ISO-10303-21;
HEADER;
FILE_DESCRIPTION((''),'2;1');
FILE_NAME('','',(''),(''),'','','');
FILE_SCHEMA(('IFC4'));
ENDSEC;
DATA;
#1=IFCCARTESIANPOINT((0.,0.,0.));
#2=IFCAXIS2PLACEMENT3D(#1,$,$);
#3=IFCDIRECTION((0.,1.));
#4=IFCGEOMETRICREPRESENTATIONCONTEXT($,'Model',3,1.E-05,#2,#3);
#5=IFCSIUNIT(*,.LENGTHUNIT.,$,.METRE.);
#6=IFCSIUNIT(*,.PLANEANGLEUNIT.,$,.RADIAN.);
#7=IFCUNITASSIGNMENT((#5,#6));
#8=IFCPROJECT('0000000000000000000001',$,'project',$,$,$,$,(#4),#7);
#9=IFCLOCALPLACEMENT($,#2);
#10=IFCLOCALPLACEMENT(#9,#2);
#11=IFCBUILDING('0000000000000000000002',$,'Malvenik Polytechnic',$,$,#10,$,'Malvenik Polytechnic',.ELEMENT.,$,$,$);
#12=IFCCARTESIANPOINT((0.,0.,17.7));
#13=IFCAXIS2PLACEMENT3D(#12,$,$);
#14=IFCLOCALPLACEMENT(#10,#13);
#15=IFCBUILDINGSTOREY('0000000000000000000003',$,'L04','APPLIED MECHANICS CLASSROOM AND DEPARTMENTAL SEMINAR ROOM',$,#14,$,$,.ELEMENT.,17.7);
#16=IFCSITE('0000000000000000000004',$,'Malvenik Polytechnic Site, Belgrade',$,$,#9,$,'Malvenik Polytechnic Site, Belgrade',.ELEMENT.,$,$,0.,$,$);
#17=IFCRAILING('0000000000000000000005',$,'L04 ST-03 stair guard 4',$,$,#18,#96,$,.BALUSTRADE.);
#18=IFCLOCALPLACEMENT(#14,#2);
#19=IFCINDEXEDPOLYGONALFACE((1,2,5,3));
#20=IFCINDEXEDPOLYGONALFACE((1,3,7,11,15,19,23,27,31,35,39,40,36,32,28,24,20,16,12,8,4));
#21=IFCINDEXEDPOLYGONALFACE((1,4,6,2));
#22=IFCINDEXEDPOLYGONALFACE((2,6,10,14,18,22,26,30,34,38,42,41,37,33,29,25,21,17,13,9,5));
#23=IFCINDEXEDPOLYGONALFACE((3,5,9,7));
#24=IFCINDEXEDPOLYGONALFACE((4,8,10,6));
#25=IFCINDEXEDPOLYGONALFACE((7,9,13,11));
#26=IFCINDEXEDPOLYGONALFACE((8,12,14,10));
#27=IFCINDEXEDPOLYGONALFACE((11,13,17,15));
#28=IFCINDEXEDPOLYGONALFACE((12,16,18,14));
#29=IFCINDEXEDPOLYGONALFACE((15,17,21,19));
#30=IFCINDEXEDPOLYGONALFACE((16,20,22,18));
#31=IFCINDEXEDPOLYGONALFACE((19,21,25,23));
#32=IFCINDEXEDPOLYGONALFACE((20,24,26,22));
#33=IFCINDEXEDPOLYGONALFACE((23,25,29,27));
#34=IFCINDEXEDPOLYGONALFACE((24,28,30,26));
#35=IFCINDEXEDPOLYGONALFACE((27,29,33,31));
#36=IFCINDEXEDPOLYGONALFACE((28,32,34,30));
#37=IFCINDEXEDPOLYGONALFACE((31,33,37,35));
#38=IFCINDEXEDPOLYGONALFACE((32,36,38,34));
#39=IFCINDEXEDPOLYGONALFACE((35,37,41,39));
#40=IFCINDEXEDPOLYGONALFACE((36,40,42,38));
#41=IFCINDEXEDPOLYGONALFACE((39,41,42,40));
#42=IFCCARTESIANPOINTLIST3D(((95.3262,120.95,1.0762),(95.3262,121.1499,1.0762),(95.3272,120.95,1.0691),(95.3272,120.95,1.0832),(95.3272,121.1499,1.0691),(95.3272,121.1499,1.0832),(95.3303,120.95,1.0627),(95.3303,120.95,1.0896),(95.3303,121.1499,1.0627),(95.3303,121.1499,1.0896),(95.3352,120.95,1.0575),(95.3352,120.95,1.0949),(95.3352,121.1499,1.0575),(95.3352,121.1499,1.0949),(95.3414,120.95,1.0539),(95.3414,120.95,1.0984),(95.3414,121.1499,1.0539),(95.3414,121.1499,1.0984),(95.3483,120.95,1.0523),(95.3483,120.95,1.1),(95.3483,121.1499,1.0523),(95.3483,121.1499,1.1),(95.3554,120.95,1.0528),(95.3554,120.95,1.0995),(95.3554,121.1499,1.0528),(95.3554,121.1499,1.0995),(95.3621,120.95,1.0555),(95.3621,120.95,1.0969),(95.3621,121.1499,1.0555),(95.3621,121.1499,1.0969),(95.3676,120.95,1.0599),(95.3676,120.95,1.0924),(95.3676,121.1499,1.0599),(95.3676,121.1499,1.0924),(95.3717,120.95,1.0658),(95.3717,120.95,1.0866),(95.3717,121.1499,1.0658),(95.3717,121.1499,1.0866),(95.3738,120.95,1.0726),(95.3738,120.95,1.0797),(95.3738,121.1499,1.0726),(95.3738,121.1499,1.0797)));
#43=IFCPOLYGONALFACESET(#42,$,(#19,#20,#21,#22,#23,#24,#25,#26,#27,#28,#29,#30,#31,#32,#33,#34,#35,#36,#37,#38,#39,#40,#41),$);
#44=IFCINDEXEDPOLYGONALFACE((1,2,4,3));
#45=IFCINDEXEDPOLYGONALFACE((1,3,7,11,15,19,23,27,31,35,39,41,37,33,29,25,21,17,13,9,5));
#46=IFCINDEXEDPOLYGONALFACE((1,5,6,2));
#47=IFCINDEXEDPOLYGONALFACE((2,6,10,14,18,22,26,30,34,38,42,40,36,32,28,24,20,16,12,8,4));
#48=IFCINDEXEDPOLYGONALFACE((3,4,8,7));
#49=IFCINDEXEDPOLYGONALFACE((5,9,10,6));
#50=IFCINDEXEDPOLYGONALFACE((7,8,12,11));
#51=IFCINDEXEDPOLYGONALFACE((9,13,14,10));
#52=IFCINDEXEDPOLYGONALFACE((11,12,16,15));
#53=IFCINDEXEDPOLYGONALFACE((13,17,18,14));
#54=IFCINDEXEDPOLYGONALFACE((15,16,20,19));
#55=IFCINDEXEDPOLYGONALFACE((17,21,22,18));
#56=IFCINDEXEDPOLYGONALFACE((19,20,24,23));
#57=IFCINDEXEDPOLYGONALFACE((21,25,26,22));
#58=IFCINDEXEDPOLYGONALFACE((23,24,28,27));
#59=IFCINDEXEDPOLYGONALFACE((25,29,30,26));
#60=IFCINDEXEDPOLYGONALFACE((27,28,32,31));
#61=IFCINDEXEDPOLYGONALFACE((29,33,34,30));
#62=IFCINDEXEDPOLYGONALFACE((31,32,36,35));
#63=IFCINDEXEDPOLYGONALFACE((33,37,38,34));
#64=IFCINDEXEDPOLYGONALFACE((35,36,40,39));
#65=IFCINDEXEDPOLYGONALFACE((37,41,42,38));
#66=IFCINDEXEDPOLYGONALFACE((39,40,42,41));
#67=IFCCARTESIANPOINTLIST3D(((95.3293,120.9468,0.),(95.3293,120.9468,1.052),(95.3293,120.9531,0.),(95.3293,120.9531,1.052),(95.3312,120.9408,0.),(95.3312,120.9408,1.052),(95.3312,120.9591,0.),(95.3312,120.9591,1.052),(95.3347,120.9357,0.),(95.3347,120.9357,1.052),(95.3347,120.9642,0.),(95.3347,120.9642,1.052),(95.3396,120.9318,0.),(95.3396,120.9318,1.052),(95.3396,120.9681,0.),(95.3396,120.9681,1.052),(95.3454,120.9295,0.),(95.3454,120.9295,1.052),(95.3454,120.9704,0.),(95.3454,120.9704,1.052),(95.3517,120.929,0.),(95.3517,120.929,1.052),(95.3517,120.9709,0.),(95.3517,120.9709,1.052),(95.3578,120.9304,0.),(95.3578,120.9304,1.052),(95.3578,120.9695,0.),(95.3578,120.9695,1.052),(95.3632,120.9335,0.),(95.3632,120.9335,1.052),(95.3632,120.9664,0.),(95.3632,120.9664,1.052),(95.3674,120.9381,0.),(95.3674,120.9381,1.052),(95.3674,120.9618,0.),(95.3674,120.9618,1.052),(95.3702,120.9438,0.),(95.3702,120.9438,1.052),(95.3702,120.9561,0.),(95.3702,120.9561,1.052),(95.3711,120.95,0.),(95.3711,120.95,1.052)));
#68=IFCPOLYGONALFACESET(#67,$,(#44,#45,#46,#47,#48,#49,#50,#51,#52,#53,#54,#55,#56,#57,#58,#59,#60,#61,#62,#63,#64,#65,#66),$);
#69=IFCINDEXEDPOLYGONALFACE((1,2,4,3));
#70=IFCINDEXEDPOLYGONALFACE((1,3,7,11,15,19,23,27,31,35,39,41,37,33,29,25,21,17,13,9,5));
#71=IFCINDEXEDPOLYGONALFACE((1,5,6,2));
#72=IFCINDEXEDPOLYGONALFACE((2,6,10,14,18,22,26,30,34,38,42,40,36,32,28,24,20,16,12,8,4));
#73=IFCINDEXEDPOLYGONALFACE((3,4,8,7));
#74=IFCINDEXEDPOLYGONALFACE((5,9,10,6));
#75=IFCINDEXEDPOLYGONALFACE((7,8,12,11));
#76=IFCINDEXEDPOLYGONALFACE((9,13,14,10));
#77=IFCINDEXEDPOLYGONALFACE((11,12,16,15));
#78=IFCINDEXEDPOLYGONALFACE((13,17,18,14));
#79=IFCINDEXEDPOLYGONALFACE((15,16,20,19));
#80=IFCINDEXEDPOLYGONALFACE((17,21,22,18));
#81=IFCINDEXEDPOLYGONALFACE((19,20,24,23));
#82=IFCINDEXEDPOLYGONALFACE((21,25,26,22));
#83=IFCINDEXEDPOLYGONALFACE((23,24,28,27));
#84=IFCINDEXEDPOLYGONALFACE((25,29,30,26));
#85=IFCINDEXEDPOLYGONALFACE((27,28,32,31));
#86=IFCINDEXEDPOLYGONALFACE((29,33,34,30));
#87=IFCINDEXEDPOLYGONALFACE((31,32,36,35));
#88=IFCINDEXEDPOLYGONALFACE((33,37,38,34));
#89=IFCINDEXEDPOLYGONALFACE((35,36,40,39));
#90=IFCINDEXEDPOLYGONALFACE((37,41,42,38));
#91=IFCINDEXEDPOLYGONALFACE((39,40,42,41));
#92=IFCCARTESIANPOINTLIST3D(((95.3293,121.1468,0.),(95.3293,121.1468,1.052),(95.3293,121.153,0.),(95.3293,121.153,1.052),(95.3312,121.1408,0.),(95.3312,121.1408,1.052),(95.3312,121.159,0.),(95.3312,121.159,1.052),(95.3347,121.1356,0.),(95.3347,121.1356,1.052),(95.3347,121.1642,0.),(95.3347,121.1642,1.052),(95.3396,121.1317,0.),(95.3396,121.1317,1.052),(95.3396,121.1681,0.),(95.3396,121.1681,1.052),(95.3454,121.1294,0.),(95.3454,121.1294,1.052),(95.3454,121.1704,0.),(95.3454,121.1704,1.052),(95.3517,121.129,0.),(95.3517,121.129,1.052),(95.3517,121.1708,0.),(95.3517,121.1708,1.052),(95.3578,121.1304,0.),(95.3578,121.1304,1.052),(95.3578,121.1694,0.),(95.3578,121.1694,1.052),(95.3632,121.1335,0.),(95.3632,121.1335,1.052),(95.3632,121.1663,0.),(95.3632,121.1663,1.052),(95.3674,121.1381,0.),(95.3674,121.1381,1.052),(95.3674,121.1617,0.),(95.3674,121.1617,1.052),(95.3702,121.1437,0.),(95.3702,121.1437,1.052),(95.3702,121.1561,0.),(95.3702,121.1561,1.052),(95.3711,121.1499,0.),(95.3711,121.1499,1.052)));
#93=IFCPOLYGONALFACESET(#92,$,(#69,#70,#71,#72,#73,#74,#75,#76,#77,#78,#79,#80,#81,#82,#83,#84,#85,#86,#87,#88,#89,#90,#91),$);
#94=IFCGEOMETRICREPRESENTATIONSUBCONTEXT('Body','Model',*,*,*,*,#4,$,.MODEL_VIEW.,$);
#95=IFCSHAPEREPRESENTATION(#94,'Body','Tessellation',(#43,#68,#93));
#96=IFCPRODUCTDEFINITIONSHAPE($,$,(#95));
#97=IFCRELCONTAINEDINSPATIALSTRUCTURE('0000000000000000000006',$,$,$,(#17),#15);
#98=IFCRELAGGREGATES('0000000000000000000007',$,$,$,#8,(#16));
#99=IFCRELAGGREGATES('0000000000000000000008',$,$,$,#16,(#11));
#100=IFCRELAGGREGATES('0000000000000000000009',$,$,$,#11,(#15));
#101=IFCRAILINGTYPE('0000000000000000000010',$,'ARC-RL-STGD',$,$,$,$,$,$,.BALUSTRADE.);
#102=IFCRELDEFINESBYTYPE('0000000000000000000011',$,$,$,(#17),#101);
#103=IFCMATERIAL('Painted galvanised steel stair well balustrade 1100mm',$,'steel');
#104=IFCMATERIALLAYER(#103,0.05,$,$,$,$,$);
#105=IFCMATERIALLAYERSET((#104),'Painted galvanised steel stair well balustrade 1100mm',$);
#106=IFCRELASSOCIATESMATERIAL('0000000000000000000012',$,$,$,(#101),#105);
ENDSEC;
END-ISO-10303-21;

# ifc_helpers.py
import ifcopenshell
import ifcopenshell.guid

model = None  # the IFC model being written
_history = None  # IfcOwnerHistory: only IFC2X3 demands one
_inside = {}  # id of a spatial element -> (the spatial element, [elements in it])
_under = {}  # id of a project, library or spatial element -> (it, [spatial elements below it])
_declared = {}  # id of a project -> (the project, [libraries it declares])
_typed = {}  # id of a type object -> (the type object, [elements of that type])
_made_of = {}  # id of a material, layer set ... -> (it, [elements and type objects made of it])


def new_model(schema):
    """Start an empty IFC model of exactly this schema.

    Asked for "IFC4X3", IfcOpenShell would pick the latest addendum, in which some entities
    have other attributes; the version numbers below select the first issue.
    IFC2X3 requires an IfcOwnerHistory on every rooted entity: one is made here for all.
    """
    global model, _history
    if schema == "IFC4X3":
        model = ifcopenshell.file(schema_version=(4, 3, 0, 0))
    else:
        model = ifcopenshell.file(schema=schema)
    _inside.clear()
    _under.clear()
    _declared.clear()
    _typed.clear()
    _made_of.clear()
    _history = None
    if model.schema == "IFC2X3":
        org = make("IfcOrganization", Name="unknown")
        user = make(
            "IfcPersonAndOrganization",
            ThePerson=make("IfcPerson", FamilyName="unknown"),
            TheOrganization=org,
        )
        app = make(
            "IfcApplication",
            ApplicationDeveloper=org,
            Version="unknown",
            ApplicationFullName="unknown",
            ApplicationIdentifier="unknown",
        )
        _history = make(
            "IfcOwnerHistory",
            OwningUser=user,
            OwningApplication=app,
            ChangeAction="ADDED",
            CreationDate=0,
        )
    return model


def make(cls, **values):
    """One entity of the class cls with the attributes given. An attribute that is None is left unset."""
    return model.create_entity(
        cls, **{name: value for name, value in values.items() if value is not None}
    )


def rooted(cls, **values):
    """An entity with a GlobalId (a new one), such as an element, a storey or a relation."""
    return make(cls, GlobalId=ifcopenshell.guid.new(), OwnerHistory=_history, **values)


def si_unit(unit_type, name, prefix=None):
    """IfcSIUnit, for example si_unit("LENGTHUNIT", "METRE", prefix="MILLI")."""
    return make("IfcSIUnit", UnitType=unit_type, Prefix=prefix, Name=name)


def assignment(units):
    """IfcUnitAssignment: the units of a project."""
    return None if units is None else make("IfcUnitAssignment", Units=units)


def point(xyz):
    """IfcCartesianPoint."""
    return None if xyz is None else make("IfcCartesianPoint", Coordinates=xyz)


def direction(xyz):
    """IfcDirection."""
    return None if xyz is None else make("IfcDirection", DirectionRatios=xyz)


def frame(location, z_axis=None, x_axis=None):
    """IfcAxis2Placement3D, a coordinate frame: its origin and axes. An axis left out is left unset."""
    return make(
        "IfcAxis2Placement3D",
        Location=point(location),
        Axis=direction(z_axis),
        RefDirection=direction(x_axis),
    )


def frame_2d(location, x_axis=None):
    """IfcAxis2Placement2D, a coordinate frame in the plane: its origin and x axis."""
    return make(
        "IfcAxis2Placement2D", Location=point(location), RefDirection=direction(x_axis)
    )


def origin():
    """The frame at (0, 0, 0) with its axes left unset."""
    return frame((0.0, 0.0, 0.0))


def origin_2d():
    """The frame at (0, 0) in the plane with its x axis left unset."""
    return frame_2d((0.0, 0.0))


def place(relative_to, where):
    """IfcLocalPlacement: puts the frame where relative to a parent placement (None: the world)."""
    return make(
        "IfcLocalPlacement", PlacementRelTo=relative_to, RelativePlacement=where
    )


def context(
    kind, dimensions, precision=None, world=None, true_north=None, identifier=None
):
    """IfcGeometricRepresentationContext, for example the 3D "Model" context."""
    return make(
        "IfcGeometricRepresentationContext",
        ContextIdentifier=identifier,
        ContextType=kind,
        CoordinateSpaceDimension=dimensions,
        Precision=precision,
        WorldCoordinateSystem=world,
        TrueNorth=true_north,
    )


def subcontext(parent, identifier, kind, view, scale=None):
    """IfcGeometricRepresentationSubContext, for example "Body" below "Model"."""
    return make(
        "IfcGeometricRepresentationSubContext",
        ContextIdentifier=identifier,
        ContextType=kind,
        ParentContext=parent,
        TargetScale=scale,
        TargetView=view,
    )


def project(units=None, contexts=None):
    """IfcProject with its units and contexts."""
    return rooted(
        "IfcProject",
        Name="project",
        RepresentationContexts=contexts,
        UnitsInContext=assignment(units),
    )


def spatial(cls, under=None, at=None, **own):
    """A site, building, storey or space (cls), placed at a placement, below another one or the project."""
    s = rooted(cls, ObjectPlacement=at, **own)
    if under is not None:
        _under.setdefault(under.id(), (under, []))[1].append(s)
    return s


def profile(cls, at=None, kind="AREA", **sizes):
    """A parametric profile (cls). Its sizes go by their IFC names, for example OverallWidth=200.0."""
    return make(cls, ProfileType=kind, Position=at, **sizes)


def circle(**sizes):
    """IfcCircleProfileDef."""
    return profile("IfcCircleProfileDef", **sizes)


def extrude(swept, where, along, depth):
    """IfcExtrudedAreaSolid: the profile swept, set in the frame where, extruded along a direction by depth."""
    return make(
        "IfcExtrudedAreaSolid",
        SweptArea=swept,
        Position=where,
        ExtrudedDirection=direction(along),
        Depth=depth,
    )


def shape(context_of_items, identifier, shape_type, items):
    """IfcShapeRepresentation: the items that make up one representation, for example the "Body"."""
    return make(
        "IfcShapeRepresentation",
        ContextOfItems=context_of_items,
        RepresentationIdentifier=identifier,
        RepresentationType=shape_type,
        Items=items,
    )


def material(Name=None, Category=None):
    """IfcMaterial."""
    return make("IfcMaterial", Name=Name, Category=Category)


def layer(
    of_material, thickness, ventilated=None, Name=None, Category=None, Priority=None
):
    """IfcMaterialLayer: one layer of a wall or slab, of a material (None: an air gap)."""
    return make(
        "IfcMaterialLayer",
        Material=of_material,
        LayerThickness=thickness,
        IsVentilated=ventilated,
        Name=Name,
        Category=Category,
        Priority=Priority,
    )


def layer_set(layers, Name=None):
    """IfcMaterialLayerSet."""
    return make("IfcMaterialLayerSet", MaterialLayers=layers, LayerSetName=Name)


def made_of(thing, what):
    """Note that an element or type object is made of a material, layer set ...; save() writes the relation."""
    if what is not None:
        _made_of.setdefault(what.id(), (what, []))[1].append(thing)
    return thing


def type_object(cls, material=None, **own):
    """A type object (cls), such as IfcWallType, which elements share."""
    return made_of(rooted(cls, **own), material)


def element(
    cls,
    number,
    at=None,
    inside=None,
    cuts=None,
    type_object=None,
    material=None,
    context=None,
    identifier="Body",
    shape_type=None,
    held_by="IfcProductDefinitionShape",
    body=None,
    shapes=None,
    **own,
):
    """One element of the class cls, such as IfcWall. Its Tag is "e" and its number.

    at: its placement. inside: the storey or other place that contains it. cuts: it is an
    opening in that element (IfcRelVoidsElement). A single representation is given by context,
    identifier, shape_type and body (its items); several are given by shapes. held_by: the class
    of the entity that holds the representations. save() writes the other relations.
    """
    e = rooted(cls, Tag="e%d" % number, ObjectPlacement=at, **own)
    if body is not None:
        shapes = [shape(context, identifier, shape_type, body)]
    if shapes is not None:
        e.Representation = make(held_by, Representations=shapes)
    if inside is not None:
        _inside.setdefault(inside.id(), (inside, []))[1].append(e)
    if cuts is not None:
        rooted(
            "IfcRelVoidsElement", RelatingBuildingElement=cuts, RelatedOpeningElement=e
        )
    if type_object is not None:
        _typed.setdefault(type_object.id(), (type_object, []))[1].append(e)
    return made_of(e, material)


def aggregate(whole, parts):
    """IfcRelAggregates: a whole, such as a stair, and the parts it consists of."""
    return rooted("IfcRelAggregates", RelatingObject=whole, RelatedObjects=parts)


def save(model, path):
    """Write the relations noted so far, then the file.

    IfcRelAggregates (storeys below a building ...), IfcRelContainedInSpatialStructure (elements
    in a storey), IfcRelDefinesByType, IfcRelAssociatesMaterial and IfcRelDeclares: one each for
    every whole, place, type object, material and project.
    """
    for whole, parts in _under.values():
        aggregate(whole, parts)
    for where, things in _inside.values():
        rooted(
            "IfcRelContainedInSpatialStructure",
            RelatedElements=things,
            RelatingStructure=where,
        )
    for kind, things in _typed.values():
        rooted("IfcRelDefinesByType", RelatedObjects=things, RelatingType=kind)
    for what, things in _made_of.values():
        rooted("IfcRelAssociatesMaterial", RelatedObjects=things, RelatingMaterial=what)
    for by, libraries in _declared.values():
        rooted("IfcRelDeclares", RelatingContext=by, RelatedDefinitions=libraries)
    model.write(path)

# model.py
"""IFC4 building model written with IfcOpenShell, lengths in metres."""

from ifc_helpers import new_model, si_unit, direction, frame, origin, origin_2d, place, context, subcontext, project, spatial, circle, extrude, material, layer, layer_set, type_object, element, save


model = new_model("IFC4")

# Units and contexts
model_context = context("Model", 3, precision=1e-05, world=origin(), true_north=direction((0.0, 1.0)))
body_context = subcontext(model_context, "Body", "Model", "MODEL_VIEW")
ifc_project = project(units=[si_unit("LENGTHUNIT", "METRE"), si_unit("PLANEANGLEUNIT", "RADIAN")], contexts=[model_context])

# Site, building, storey
site_placement = place(None, origin())
site = spatial("IfcSite", under=ifc_project, at=site_placement, Name="Malvenik Polytechnic Site, Belgrade", LongName="Malvenik Polytechnic Site, Belgrade", CompositionType="ELEMENT", RefElevation=0.0)
building_placement = place(site_placement, origin())
building = spatial("IfcBuilding", under=site, at=building_placement, Name="Malvenik Polytechnic", LongName="Malvenik Polytechnic", CompositionType="ELEMENT")
storey_placement = place(building_placement, frame((0.0, 0.0, 17.7)))
storey = spatial("IfcBuildingStorey", under=building, at=storey_placement, Name="L04", Description="APPLIED MECHANICS CLASSROOM AND DEPARTMENTAL SEMINAR ROOM", CompositionType="ELEMENT", Elevation=17.7)

# Railing
ifc_material_1 = material(Name="Painted galvanised steel stair well balustrade 1100mm", Category="steel")
ifc_layer_1 = layer(ifc_material_1, 0.05)
ifc_layer_set_1 = layer_set([ifc_layer_1], Name="Painted galvanised steel stair well balustrade 1100mm")
railing_type_1 = type_object("IfcRailingType", Name="ARC-RL-STGD", PredefinedType="BALUSTRADE", material=ifc_layer_set_1)
railing_1_placement = place(storey_placement, frame((95.3501, 120.95, 0.0)))
element("IfcRailing", 1, at=railing_1_placement, inside=storey, type_object=railing_type_1, Name="L04 ST-03 stair guard 4", PredefinedType="BALUSTRADE", context=body_context, shape_type="SweptSolid", body=[
    extrude(circle(Radius=0.0239, at=origin_2d()), frame((0.0, 0.0, 1.0762), z_axis=(0.0, 1.0, 0.0), x_axis=(-1.0, 0.0, 0.0)), (0.0, 0.0, 1.0), 0.2),
    extrude(circle(Radius=0.021, at=origin_2d()), origin(), (0.0, 0.0, 1.0), 1.052),
    extrude(circle(Radius=0.021, at=origin_2d()), frame((0.0, 0.2, 0.0)), (0.0, 0.0, 1.0), 1.052),
])

save(model, "model.ifc")
